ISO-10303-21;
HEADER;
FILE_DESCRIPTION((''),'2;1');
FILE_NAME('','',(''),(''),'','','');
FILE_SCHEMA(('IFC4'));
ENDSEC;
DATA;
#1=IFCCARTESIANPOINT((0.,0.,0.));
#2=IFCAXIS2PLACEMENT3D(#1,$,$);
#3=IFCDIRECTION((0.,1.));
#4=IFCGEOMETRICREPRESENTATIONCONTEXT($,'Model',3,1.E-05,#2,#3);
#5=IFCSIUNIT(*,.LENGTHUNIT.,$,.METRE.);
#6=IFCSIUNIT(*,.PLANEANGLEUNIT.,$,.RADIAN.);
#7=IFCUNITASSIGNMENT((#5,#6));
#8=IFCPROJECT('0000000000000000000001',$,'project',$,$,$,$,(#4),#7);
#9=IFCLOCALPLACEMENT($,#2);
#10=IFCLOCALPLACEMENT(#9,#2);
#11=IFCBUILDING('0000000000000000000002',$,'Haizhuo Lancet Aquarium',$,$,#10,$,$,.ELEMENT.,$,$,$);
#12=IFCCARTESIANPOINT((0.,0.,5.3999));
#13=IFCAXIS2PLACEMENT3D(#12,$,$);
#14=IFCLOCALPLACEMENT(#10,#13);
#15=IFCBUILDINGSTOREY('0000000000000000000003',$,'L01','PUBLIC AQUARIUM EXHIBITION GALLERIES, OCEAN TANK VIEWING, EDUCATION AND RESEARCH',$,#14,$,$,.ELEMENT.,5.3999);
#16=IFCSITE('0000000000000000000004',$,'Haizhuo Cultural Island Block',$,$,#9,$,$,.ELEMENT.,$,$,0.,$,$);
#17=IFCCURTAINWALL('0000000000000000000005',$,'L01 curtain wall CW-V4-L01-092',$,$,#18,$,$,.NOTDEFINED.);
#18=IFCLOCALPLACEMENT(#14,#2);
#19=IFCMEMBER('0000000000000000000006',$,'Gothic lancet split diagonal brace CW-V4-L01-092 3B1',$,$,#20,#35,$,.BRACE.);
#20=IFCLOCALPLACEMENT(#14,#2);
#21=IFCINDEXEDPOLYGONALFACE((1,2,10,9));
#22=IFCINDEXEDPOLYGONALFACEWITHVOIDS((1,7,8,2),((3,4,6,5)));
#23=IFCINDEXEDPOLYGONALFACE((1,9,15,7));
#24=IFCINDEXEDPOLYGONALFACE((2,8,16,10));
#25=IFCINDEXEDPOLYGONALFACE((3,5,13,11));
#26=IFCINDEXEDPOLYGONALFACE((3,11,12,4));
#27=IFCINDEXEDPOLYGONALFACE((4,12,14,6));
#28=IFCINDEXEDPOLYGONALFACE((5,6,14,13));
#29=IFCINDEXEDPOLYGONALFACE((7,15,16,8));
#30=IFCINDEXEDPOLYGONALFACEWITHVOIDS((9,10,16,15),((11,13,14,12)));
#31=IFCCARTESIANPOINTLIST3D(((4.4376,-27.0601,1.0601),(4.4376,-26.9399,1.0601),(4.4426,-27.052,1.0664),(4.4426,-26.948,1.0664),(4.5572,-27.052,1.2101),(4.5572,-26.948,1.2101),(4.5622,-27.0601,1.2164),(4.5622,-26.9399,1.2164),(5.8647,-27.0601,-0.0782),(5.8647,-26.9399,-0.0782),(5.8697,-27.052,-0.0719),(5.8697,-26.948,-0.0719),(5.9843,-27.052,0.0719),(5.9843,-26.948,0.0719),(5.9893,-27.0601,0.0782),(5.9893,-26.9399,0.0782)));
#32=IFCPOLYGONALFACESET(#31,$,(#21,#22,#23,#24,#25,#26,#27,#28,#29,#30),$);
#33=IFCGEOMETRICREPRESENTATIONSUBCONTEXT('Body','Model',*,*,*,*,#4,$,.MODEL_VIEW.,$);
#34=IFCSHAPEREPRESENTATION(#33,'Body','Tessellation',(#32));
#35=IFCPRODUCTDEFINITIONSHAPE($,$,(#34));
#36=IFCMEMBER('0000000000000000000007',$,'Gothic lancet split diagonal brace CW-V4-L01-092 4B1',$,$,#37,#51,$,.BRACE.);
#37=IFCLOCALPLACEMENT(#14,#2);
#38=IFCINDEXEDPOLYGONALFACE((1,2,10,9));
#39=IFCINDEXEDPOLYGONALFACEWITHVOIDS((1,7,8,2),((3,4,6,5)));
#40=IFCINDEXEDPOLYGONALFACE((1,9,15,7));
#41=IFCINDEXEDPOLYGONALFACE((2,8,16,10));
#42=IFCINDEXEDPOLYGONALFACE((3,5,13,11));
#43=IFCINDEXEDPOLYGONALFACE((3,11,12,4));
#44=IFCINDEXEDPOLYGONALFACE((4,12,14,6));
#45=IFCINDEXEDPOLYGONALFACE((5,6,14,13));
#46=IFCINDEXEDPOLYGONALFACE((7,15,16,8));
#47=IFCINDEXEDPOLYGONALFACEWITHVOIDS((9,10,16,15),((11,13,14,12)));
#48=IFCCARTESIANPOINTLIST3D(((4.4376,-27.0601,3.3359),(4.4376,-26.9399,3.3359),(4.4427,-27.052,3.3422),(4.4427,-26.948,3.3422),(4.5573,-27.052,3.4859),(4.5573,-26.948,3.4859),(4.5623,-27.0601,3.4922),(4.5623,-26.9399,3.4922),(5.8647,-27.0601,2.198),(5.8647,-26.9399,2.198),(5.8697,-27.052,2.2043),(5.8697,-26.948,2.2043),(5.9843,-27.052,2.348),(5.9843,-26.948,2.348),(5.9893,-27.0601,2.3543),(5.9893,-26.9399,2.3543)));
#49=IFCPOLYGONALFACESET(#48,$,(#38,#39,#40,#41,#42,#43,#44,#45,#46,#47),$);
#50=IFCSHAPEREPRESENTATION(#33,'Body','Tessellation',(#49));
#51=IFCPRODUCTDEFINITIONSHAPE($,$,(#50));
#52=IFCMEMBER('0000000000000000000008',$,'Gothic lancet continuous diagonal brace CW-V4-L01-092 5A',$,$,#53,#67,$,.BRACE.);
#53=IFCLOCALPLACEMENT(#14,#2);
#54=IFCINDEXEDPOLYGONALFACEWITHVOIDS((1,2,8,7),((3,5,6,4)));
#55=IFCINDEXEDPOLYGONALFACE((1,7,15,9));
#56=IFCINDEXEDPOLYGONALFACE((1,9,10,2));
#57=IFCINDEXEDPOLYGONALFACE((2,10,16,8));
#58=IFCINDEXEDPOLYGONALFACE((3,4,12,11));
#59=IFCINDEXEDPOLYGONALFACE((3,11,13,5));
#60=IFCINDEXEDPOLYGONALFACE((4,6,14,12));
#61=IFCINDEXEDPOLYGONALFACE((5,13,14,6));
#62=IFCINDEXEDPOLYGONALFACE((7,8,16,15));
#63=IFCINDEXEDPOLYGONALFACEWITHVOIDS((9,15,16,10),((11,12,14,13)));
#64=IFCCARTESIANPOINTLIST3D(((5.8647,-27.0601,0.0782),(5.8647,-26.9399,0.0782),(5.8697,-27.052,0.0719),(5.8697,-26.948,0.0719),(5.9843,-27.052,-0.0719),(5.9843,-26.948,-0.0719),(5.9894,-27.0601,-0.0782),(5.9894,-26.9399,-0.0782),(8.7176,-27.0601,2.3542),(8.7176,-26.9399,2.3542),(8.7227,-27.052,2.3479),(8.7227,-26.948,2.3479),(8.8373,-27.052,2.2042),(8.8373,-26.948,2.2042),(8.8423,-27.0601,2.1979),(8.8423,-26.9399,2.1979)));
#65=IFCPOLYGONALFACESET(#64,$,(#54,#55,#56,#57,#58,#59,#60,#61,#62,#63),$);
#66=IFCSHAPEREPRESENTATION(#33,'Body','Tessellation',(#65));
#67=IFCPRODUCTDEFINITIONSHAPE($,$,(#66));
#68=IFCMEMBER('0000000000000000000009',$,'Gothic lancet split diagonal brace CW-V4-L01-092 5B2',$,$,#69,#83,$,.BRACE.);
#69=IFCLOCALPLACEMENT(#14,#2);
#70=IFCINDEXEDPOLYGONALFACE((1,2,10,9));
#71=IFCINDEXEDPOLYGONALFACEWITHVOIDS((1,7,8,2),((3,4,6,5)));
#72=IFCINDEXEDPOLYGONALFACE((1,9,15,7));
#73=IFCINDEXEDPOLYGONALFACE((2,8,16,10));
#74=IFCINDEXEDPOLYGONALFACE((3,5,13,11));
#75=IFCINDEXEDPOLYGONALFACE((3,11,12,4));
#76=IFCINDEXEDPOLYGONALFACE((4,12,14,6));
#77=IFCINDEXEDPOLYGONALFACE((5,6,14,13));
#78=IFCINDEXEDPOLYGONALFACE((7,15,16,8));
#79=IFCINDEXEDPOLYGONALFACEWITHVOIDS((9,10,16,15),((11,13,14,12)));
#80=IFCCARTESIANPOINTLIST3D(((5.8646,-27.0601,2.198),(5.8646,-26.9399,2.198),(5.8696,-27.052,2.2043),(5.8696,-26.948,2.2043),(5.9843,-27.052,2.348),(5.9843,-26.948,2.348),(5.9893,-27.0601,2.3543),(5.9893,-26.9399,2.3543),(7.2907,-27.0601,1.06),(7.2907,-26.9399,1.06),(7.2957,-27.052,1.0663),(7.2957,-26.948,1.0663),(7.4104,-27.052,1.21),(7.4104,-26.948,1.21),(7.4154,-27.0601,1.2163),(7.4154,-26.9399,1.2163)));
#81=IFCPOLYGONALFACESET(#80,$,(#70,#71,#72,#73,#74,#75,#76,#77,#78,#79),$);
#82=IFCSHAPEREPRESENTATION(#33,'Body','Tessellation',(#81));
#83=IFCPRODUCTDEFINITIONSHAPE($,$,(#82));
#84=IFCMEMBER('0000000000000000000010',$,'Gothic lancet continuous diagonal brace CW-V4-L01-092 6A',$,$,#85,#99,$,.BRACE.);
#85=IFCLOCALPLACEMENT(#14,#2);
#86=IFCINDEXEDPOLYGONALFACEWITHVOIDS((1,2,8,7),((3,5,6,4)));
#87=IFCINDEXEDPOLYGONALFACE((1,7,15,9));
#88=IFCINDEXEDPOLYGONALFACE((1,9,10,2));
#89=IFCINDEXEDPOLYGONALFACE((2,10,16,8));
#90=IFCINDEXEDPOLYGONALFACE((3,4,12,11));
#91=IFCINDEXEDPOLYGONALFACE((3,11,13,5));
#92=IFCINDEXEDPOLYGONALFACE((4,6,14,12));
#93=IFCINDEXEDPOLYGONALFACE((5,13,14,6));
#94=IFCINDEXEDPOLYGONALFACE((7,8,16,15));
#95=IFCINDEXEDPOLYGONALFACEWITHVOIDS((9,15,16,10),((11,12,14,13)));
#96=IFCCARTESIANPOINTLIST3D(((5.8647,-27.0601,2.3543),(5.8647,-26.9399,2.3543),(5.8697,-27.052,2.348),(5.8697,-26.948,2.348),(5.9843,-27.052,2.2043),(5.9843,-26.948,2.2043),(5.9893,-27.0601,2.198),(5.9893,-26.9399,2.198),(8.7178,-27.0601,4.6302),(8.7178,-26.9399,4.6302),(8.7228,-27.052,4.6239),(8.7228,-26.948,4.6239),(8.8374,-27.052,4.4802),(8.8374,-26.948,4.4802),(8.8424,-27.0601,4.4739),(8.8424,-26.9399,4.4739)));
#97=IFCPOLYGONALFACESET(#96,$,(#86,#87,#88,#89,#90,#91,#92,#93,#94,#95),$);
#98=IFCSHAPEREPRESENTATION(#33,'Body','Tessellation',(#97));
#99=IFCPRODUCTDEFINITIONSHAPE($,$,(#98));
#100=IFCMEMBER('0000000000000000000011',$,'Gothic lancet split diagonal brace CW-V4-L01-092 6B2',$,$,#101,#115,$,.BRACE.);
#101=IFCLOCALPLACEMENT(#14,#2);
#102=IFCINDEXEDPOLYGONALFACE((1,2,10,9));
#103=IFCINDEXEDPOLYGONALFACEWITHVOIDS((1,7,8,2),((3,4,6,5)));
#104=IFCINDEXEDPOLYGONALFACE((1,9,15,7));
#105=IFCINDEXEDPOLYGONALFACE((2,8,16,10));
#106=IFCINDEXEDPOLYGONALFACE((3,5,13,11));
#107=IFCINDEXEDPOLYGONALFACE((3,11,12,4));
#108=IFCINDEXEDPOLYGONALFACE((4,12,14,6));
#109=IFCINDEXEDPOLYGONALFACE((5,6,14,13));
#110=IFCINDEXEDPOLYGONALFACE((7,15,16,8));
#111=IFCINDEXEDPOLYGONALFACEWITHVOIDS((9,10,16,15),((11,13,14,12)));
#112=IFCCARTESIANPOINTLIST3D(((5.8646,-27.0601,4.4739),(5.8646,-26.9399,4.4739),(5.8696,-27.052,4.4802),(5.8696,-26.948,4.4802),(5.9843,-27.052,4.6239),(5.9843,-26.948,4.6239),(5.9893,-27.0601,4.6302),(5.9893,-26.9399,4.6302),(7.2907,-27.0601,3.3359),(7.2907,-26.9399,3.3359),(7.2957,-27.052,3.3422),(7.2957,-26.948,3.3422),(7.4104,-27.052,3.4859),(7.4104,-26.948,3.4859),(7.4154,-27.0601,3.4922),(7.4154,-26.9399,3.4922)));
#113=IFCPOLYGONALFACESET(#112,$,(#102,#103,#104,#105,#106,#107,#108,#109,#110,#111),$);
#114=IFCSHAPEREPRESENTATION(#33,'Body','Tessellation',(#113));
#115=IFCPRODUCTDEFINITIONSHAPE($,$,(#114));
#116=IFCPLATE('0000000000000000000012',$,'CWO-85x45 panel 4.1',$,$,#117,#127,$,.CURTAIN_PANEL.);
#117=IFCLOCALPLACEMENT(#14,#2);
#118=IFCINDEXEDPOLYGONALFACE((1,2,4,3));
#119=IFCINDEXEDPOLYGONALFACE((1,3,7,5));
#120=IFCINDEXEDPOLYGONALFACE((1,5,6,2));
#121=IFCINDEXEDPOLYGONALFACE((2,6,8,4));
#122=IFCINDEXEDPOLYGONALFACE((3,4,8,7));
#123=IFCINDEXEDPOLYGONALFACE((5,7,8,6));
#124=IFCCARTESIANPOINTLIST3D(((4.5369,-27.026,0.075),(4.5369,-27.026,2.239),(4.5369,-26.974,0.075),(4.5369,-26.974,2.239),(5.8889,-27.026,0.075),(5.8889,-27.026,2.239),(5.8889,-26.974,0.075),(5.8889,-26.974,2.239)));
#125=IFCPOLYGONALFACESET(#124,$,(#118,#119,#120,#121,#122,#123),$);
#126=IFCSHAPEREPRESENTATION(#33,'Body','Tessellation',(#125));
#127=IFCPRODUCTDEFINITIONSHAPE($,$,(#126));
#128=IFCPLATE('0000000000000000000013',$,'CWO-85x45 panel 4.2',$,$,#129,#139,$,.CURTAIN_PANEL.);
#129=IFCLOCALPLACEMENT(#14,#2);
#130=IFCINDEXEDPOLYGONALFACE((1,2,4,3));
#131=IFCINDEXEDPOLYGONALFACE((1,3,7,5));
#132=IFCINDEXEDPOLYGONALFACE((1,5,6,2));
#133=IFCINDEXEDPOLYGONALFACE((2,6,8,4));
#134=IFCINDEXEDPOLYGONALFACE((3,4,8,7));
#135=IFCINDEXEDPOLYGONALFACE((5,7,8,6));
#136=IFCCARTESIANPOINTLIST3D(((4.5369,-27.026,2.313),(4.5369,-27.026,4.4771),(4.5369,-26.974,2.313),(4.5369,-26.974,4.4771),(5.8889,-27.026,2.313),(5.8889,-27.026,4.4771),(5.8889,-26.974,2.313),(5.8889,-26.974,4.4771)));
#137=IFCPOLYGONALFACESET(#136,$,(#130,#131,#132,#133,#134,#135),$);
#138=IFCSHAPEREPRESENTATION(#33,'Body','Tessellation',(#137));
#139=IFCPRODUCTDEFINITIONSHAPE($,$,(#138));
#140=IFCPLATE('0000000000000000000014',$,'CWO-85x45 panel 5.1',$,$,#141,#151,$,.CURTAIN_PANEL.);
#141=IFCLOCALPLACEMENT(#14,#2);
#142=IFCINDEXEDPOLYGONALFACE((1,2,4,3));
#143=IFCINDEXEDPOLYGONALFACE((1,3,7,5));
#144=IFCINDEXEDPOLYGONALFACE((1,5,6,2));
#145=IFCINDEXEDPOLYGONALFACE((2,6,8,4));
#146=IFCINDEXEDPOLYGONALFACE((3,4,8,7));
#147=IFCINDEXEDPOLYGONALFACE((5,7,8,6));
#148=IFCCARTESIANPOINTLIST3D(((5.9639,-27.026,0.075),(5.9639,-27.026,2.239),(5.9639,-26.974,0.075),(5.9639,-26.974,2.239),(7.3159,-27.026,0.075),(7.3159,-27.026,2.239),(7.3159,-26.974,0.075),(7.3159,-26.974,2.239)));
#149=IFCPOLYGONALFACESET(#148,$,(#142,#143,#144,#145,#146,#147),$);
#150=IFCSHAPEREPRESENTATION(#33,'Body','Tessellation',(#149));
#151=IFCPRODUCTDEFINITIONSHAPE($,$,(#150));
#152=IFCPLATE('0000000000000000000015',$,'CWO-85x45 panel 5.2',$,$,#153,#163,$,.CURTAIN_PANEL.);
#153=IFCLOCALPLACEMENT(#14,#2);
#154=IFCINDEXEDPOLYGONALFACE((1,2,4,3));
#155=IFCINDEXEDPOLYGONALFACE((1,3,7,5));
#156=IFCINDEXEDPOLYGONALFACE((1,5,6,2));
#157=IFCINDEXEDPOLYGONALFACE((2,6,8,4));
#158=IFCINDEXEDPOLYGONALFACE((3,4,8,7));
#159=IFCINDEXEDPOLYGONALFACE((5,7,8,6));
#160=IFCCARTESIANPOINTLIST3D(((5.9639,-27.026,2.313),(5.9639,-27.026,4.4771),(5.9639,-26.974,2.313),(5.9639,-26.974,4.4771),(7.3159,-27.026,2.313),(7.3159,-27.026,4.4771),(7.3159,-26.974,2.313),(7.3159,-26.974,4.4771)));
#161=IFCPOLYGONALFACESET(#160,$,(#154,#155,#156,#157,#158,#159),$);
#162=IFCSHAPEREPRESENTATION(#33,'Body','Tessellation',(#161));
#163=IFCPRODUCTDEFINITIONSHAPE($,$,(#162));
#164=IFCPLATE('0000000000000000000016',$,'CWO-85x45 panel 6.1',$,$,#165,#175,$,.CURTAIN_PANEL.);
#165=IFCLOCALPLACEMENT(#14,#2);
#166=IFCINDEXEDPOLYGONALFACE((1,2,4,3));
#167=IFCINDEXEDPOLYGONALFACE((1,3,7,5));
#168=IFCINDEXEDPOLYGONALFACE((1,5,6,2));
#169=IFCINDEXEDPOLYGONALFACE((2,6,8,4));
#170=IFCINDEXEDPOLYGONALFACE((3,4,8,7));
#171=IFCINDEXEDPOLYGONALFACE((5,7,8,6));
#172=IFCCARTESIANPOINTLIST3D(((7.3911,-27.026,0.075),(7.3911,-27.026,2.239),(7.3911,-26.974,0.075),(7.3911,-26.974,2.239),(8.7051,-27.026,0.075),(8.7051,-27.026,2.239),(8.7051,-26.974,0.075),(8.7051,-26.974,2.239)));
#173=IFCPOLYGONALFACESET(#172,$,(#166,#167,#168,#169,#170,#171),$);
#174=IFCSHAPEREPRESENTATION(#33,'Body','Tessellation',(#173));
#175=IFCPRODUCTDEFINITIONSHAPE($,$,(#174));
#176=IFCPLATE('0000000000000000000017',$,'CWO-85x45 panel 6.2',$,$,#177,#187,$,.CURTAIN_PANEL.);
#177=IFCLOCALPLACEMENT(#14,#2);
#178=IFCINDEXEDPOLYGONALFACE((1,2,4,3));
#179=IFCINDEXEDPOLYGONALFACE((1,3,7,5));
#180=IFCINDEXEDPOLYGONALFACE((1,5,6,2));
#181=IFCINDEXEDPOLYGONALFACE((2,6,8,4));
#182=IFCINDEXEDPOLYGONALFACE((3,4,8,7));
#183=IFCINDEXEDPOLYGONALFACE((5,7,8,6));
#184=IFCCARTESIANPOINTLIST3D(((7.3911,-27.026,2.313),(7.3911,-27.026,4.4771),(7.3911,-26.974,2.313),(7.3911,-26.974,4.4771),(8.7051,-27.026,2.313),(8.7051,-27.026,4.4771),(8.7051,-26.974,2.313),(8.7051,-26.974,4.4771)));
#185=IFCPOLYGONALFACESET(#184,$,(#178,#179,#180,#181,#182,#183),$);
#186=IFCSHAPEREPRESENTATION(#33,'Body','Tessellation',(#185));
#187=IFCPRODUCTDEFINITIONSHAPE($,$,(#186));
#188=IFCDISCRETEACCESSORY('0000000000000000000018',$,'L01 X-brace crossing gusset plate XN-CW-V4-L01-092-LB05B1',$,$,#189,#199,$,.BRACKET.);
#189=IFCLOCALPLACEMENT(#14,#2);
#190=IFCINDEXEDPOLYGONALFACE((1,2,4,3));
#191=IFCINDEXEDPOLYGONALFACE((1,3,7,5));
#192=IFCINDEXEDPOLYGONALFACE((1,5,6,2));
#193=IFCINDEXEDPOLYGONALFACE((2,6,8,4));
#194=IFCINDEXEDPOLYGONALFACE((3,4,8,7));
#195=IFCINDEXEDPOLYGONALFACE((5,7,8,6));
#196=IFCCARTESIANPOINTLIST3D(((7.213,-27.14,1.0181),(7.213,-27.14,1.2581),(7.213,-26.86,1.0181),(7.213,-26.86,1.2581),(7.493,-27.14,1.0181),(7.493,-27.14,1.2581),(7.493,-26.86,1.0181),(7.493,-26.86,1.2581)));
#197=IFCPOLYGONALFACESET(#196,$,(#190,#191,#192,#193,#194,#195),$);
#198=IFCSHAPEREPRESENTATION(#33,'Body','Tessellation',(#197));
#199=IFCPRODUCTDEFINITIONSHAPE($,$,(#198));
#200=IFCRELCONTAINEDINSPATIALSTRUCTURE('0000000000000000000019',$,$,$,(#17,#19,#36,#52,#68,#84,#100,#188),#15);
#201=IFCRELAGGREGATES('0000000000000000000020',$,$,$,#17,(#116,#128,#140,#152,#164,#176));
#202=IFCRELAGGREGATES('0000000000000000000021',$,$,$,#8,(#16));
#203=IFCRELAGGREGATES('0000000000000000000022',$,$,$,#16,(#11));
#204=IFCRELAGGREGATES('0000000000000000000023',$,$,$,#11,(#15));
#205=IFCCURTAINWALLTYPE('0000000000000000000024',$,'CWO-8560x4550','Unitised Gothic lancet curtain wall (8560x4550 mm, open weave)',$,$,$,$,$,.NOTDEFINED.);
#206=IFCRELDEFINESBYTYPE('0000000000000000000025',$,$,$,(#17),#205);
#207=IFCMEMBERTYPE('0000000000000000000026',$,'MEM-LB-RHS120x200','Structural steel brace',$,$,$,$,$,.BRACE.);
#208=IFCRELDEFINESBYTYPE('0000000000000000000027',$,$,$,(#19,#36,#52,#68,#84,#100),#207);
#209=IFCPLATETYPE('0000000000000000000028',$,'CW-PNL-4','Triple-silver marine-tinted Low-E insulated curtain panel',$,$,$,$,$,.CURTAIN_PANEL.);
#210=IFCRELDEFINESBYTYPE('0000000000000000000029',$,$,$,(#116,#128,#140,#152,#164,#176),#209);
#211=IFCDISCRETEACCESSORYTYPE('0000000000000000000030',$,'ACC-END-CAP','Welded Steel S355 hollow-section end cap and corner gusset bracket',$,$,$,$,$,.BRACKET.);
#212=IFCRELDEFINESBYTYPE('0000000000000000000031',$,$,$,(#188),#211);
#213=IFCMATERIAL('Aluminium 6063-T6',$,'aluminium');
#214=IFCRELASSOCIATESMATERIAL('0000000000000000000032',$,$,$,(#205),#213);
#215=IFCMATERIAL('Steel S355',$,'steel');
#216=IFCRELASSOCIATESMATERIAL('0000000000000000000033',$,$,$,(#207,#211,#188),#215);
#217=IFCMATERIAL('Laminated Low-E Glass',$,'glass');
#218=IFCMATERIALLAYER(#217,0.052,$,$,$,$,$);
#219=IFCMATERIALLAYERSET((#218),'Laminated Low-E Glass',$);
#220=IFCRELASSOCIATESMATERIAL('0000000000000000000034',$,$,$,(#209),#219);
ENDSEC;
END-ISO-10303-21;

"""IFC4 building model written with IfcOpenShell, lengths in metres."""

from ifc_helpers import new_model, si_unit, direction, frame, origin, origin_2d, place, context, subcontext, project, spatial, rectangle, hollow_rectangle, extrude, material, layer, layer_set, material_profile, profile_set, type_object, element, aggregate, save


model = new_model("IFC4")

# Units and contexts
model_context = context("Model", 3, precision=1e-05, world=origin(), true_north=direction((0.0, 1.0)))
body_context = subcontext(model_context, "Body", "Model", "MODEL_VIEW")
ifc_project = project(units=[si_unit("LENGTHUNIT", "METRE"), si_unit("PLANEANGLEUNIT", "RADIAN")], contexts=[model_context])

# Site, building, storey
site_placement = place(None, origin())
site = spatial("IfcSite", under=ifc_project, at=site_placement, Name="Haizhuo Cultural Island Block", CompositionType="ELEMENT", RefElevation=0.0)
building_placement = place(site_placement, origin())
building = spatial("IfcBuilding", under=site, at=building_placement, Name="Haizhuo Lancet Aquarium", CompositionType="ELEMENT")
storey_placement = place(building_placement, frame((0.0, 0.0, 5.3999)))
storey = spatial("IfcBuildingStorey", under=building, at=storey_placement, Name="L01", Description="PUBLIC AQUARIUM EXHIBITION GALLERIES, OCEAN TANK VIEWING, EDUCATION AND RESEARCH", CompositionType="ELEMENT", Elevation=5.3999)

# Curtain wall
ifc_material_1 = material(Name="Aluminium 6063-T6", Category="aluminium")
curtain_wall_type = type_object("IfcCurtainWallType", Name="CWO-8560x4550", Description="Unitised Gothic lancet curtain wall (8560x4550 mm, open weave)", PredefinedType="NOTDEFINED", material=ifc_material_1)
curtain_wall_placement = place(storey_placement, origin())
curtain_wall = element("IfcCurtainWall", 1, at=curtain_wall_placement, inside=storey, type_object=curtain_wall_type, Name="L01 curtain wall CW-V4-L01-092", PredefinedType="NOTDEFINED")

# Members
ifc_material_2 = material(Name="Steel S355", Category="steel")
ifc_material_profile_1 = material_profile(ifc_material_2, hollow_rectangle(XDim=0.1201, YDim=0.2, WallThickness=0.0081, at=origin_2d()), Name="RHS 120x200x8")
ifc_profile_set_1 = profile_set([ifc_material_profile_1], Name="Steel S355")
member_type_1 = type_object("IfcMemberType", Name="MEM-LB-RHS120x200", Description="Structural steel brace", PredefinedType="BRACE", material=ifc_profile_set_1)
member_1_placement = place(storey_placement, frame((5.927, -27.0, 0.0), z_axis=(-0.781781, 0.0, 0.623553), x_axis=(0.0, -1.0, 0.0)))
element("IfcMember", 2, at=member_1_placement, inside=storey, type_object=member_type_1, Name="Gothic lancet split diagonal brace CW-V4-L01-092 3B1", PredefinedType="BRACE", context=body_context, shape_type="SweptSolid", body=[
    extrude(hollow_rectangle(XDim=0.1201, YDim=0.2, WallThickness=0.0081, at=origin_2d()), origin(), (0.0, 0.0, 1.0), 1.8254),
])
member_2_placement = place(storey_placement, frame((5.927, -27.0, 2.2761), z_axis=(-0.781847, 0.0, 0.623471), x_axis=(0.0, -1.0, 0.0)))
element("IfcMember", 3, at=member_2_placement, inside=storey, type_object=member_type_1, Name="Gothic lancet split diagonal brace CW-V4-L01-092 4B1", PredefinedType="BRACE", context=body_context, shape_type="SweptSolid", body=[
    extrude(hollow_rectangle(XDim=0.1201, YDim=0.2, WallThickness=0.0081, at=origin_2d()), origin(), (0.0, 0.0, 1.0), 1.8252),
])
member_3_placement = place(storey_placement, frame((5.927, -27.0, 0.0), z_axis=(0.78171, 0.0, 0.623642), x_axis=(0.0, 1.0, 0.0)))
element("IfcMember", 4, at=member_3_placement, inside=storey, type_object=member_type_1, Name="Gothic lancet continuous diagonal brace CW-V4-L01-092 5A", PredefinedType="BRACE", context=body_context, shape_type="SweptSolid", body=[
    extrude(hollow_rectangle(XDim=0.1201, YDim=0.2, WallThickness=0.0081, at=origin_2d()), origin(), (0.0, 0.0, 1.0), 3.6497),
])
member_4_placement = place(storey_placement, frame((7.353, -27.0, 1.1382), z_axis=(-0.781638, 0.0, 0.623732), x_axis=(0.0, -1.0, 0.0)))
element("IfcMember", 5, at=member_4_placement, inside=storey, type_object=member_type_1, Name="Gothic lancet split diagonal brace CW-V4-L01-092 5B2", PredefinedType="BRACE", context=body_context, shape_type="SweptSolid", body=[
    extrude(hollow_rectangle(XDim=0.1201, YDim=0.2, WallThickness=0.0081, at=origin_2d()), origin(), (0.0, 0.0, 1.0), 1.8245),
])
member_5_placement = place(storey_placement, frame((5.927, -27.0, 2.2761), z_axis=(0.781743, 0.0, 0.623601), x_axis=(0.0, 1.0, 0.0)))
element("IfcMember", 6, at=member_5_placement, inside=storey, type_object=member_type_1, Name="Gothic lancet continuous diagonal brace CW-V4-L01-092 6A", PredefinedType="BRACE", context=body_context, shape_type="SweptSolid", body=[
    extrude(hollow_rectangle(XDim=0.1201, YDim=0.2, WallThickness=0.0081, at=origin_2d()), origin(), (0.0, 0.0, 1.0), 3.6497),
])
member_6_placement = place(storey_placement, frame((7.353, -27.0, 3.4141), z_axis=(-0.781638, 0.0, 0.623732), x_axis=(0.0, -1.0, 0.0)))
element("IfcMember", 7, at=member_6_placement, inside=storey, type_object=member_type_1, Name="Gothic lancet split diagonal brace CW-V4-L01-092 6B2", PredefinedType="BRACE", context=body_context, shape_type="SweptSolid", body=[
    extrude(hollow_rectangle(XDim=0.1201, YDim=0.2, WallThickness=0.0081, at=origin_2d()), origin(), (0.0, 0.0, 1.0), 1.8245),
])

# Plates
ifc_material_3 = material(Name="Laminated Low-E Glass", Category="glass")
ifc_layer = layer(ifc_material_3, 0.052)
ifc_layer_set = layer_set([ifc_layer], Name="Laminated Low-E Glass")
plate_type = type_object("IfcPlateType", Name="CW-PNL-4", Description="Triple-silver marine-tinted Low-E insulated curtain panel", PredefinedType="CURTAIN_PANEL", material=ifc_layer_set)
plate_1_placement = place(storey_placement, frame((5.2129, -27.0, 0.075), z_axis=(0.0, 0.0, 1.0), x_axis=(1.0, 0.0, 0.0)))
plate_1 = element("IfcPlate", 8, at=plate_1_placement, type_object=plate_type, Name="CWO-85x45 panel 4.1", PredefinedType="CURTAIN_PANEL", context=body_context, shape_type="SweptSolid", body=[
    extrude(rectangle(XDim=1.3521, YDim=0.052, at=origin_2d()), origin(), (0.0, 0.0, 1.0), 2.1641),
])
plate_2_placement = place(storey_placement, frame((5.2129, -27.0, 2.313), z_axis=(0.0, 0.0, 1.0), x_axis=(1.0, 0.0, 0.0)))
plate_2 = element("IfcPlate", 9, at=plate_2_placement, type_object=plate_type, Name="CWO-85x45 panel 4.2", PredefinedType="CURTAIN_PANEL", context=body_context, shape_type="SweptSolid", body=[
    extrude(rectangle(XDim=1.3521, YDim=0.052, at=origin_2d()), origin(), (0.0, 0.0, 1.0), 2.1641),
])
plate_3_placement = place(storey_placement, frame((6.6399, -27.0, 0.075), z_axis=(0.0, 0.0, 1.0), x_axis=(1.0, 0.0, 0.0)))
plate_3 = element("IfcPlate", 10, at=plate_3_placement, type_object=plate_type, Name="CWO-85x45 panel 5.1", PredefinedType="CURTAIN_PANEL", context=body_context, shape_type="SweptSolid", body=[
    extrude(rectangle(XDim=1.3521, YDim=0.052, at=origin_2d()), origin(), (0.0, 0.0, 1.0), 2.1641),
])
plate_4_placement = place(storey_placement, frame((6.6399, -27.0, 2.313), z_axis=(0.0, 0.0, 1.0), x_axis=(1.0, 0.0, 0.0)))
plate_4 = element("IfcPlate", 11, at=plate_4_placement, type_object=plate_type, Name="CWO-85x45 panel 5.2", PredefinedType="CURTAIN_PANEL", context=body_context, shape_type="SweptSolid", body=[
    extrude(rectangle(XDim=1.3521, YDim=0.052, at=origin_2d()), origin(), (0.0, 0.0, 1.0), 2.1641),
])
plate_5_placement = place(storey_placement, frame((8.0481, -27.0, 0.075), z_axis=(0.0, 0.0, 1.0), x_axis=(1.0, 0.0, 0.0)))
plate_5 = element("IfcPlate", 12, at=plate_5_placement, type_object=plate_type, Name="CWO-85x45 panel 6.1", PredefinedType="CURTAIN_PANEL", context=body_context, shape_type="SweptSolid", body=[
    extrude(rectangle(XDim=1.314, YDim=0.052, at=origin_2d()), origin(), (0.0, 0.0, 1.0), 2.1641),
])
plate_6_placement = place(storey_placement, frame((8.0481, -27.0, 2.313), z_axis=(0.0, 0.0, 1.0), x_axis=(1.0, 0.0, 0.0)))
plate_6 = element("IfcPlate", 13, at=plate_6_placement, type_object=plate_type, Name="CWO-85x45 panel 6.2", PredefinedType="CURTAIN_PANEL", context=body_context, shape_type="SweptSolid", body=[
    extrude(rectangle(XDim=1.314, YDim=0.052, at=origin_2d()), origin(), (0.0, 0.0, 1.0), 2.1641),
])
aggregate(curtain_wall, [plate_1, plate_2, plate_3, plate_4, plate_5, plate_6])

# Discrete accessory
discrete_accessory_type = type_object("IfcDiscreteAccessoryType", Name="ACC-END-CAP", Description="Welded Steel S355 hollow-section end cap and corner gusset bracket", PredefinedType="BRACKET", material=ifc_material_2)
for number, where, z_axis, x_axis, name in (
    (14, (7.353, -27.0, 1.0181), (0.0, 0.0, 1.0), (1.0, 0.0, 0.0), "L01 X-brace crossing gusset plate XN-CW-V4-L01-092-LB05B1"),
):
    element("IfcDiscreteAccessory", number, at=place(storey_placement, frame(where, z_axis=z_axis, x_axis=x_axis)), inside=storey, type_object=discrete_accessory_type, material=ifc_material_2, Name=name, PredefinedType="BRACKET", context=body_context, shape_type="SweptSolid", body=[
        extrude(rectangle(XDim=0.28, YDim=0.28, at=origin_2d()), origin(), (0.0, 0.0, 1.0), 0.24),
    ])

save(model, "model.ifc")
